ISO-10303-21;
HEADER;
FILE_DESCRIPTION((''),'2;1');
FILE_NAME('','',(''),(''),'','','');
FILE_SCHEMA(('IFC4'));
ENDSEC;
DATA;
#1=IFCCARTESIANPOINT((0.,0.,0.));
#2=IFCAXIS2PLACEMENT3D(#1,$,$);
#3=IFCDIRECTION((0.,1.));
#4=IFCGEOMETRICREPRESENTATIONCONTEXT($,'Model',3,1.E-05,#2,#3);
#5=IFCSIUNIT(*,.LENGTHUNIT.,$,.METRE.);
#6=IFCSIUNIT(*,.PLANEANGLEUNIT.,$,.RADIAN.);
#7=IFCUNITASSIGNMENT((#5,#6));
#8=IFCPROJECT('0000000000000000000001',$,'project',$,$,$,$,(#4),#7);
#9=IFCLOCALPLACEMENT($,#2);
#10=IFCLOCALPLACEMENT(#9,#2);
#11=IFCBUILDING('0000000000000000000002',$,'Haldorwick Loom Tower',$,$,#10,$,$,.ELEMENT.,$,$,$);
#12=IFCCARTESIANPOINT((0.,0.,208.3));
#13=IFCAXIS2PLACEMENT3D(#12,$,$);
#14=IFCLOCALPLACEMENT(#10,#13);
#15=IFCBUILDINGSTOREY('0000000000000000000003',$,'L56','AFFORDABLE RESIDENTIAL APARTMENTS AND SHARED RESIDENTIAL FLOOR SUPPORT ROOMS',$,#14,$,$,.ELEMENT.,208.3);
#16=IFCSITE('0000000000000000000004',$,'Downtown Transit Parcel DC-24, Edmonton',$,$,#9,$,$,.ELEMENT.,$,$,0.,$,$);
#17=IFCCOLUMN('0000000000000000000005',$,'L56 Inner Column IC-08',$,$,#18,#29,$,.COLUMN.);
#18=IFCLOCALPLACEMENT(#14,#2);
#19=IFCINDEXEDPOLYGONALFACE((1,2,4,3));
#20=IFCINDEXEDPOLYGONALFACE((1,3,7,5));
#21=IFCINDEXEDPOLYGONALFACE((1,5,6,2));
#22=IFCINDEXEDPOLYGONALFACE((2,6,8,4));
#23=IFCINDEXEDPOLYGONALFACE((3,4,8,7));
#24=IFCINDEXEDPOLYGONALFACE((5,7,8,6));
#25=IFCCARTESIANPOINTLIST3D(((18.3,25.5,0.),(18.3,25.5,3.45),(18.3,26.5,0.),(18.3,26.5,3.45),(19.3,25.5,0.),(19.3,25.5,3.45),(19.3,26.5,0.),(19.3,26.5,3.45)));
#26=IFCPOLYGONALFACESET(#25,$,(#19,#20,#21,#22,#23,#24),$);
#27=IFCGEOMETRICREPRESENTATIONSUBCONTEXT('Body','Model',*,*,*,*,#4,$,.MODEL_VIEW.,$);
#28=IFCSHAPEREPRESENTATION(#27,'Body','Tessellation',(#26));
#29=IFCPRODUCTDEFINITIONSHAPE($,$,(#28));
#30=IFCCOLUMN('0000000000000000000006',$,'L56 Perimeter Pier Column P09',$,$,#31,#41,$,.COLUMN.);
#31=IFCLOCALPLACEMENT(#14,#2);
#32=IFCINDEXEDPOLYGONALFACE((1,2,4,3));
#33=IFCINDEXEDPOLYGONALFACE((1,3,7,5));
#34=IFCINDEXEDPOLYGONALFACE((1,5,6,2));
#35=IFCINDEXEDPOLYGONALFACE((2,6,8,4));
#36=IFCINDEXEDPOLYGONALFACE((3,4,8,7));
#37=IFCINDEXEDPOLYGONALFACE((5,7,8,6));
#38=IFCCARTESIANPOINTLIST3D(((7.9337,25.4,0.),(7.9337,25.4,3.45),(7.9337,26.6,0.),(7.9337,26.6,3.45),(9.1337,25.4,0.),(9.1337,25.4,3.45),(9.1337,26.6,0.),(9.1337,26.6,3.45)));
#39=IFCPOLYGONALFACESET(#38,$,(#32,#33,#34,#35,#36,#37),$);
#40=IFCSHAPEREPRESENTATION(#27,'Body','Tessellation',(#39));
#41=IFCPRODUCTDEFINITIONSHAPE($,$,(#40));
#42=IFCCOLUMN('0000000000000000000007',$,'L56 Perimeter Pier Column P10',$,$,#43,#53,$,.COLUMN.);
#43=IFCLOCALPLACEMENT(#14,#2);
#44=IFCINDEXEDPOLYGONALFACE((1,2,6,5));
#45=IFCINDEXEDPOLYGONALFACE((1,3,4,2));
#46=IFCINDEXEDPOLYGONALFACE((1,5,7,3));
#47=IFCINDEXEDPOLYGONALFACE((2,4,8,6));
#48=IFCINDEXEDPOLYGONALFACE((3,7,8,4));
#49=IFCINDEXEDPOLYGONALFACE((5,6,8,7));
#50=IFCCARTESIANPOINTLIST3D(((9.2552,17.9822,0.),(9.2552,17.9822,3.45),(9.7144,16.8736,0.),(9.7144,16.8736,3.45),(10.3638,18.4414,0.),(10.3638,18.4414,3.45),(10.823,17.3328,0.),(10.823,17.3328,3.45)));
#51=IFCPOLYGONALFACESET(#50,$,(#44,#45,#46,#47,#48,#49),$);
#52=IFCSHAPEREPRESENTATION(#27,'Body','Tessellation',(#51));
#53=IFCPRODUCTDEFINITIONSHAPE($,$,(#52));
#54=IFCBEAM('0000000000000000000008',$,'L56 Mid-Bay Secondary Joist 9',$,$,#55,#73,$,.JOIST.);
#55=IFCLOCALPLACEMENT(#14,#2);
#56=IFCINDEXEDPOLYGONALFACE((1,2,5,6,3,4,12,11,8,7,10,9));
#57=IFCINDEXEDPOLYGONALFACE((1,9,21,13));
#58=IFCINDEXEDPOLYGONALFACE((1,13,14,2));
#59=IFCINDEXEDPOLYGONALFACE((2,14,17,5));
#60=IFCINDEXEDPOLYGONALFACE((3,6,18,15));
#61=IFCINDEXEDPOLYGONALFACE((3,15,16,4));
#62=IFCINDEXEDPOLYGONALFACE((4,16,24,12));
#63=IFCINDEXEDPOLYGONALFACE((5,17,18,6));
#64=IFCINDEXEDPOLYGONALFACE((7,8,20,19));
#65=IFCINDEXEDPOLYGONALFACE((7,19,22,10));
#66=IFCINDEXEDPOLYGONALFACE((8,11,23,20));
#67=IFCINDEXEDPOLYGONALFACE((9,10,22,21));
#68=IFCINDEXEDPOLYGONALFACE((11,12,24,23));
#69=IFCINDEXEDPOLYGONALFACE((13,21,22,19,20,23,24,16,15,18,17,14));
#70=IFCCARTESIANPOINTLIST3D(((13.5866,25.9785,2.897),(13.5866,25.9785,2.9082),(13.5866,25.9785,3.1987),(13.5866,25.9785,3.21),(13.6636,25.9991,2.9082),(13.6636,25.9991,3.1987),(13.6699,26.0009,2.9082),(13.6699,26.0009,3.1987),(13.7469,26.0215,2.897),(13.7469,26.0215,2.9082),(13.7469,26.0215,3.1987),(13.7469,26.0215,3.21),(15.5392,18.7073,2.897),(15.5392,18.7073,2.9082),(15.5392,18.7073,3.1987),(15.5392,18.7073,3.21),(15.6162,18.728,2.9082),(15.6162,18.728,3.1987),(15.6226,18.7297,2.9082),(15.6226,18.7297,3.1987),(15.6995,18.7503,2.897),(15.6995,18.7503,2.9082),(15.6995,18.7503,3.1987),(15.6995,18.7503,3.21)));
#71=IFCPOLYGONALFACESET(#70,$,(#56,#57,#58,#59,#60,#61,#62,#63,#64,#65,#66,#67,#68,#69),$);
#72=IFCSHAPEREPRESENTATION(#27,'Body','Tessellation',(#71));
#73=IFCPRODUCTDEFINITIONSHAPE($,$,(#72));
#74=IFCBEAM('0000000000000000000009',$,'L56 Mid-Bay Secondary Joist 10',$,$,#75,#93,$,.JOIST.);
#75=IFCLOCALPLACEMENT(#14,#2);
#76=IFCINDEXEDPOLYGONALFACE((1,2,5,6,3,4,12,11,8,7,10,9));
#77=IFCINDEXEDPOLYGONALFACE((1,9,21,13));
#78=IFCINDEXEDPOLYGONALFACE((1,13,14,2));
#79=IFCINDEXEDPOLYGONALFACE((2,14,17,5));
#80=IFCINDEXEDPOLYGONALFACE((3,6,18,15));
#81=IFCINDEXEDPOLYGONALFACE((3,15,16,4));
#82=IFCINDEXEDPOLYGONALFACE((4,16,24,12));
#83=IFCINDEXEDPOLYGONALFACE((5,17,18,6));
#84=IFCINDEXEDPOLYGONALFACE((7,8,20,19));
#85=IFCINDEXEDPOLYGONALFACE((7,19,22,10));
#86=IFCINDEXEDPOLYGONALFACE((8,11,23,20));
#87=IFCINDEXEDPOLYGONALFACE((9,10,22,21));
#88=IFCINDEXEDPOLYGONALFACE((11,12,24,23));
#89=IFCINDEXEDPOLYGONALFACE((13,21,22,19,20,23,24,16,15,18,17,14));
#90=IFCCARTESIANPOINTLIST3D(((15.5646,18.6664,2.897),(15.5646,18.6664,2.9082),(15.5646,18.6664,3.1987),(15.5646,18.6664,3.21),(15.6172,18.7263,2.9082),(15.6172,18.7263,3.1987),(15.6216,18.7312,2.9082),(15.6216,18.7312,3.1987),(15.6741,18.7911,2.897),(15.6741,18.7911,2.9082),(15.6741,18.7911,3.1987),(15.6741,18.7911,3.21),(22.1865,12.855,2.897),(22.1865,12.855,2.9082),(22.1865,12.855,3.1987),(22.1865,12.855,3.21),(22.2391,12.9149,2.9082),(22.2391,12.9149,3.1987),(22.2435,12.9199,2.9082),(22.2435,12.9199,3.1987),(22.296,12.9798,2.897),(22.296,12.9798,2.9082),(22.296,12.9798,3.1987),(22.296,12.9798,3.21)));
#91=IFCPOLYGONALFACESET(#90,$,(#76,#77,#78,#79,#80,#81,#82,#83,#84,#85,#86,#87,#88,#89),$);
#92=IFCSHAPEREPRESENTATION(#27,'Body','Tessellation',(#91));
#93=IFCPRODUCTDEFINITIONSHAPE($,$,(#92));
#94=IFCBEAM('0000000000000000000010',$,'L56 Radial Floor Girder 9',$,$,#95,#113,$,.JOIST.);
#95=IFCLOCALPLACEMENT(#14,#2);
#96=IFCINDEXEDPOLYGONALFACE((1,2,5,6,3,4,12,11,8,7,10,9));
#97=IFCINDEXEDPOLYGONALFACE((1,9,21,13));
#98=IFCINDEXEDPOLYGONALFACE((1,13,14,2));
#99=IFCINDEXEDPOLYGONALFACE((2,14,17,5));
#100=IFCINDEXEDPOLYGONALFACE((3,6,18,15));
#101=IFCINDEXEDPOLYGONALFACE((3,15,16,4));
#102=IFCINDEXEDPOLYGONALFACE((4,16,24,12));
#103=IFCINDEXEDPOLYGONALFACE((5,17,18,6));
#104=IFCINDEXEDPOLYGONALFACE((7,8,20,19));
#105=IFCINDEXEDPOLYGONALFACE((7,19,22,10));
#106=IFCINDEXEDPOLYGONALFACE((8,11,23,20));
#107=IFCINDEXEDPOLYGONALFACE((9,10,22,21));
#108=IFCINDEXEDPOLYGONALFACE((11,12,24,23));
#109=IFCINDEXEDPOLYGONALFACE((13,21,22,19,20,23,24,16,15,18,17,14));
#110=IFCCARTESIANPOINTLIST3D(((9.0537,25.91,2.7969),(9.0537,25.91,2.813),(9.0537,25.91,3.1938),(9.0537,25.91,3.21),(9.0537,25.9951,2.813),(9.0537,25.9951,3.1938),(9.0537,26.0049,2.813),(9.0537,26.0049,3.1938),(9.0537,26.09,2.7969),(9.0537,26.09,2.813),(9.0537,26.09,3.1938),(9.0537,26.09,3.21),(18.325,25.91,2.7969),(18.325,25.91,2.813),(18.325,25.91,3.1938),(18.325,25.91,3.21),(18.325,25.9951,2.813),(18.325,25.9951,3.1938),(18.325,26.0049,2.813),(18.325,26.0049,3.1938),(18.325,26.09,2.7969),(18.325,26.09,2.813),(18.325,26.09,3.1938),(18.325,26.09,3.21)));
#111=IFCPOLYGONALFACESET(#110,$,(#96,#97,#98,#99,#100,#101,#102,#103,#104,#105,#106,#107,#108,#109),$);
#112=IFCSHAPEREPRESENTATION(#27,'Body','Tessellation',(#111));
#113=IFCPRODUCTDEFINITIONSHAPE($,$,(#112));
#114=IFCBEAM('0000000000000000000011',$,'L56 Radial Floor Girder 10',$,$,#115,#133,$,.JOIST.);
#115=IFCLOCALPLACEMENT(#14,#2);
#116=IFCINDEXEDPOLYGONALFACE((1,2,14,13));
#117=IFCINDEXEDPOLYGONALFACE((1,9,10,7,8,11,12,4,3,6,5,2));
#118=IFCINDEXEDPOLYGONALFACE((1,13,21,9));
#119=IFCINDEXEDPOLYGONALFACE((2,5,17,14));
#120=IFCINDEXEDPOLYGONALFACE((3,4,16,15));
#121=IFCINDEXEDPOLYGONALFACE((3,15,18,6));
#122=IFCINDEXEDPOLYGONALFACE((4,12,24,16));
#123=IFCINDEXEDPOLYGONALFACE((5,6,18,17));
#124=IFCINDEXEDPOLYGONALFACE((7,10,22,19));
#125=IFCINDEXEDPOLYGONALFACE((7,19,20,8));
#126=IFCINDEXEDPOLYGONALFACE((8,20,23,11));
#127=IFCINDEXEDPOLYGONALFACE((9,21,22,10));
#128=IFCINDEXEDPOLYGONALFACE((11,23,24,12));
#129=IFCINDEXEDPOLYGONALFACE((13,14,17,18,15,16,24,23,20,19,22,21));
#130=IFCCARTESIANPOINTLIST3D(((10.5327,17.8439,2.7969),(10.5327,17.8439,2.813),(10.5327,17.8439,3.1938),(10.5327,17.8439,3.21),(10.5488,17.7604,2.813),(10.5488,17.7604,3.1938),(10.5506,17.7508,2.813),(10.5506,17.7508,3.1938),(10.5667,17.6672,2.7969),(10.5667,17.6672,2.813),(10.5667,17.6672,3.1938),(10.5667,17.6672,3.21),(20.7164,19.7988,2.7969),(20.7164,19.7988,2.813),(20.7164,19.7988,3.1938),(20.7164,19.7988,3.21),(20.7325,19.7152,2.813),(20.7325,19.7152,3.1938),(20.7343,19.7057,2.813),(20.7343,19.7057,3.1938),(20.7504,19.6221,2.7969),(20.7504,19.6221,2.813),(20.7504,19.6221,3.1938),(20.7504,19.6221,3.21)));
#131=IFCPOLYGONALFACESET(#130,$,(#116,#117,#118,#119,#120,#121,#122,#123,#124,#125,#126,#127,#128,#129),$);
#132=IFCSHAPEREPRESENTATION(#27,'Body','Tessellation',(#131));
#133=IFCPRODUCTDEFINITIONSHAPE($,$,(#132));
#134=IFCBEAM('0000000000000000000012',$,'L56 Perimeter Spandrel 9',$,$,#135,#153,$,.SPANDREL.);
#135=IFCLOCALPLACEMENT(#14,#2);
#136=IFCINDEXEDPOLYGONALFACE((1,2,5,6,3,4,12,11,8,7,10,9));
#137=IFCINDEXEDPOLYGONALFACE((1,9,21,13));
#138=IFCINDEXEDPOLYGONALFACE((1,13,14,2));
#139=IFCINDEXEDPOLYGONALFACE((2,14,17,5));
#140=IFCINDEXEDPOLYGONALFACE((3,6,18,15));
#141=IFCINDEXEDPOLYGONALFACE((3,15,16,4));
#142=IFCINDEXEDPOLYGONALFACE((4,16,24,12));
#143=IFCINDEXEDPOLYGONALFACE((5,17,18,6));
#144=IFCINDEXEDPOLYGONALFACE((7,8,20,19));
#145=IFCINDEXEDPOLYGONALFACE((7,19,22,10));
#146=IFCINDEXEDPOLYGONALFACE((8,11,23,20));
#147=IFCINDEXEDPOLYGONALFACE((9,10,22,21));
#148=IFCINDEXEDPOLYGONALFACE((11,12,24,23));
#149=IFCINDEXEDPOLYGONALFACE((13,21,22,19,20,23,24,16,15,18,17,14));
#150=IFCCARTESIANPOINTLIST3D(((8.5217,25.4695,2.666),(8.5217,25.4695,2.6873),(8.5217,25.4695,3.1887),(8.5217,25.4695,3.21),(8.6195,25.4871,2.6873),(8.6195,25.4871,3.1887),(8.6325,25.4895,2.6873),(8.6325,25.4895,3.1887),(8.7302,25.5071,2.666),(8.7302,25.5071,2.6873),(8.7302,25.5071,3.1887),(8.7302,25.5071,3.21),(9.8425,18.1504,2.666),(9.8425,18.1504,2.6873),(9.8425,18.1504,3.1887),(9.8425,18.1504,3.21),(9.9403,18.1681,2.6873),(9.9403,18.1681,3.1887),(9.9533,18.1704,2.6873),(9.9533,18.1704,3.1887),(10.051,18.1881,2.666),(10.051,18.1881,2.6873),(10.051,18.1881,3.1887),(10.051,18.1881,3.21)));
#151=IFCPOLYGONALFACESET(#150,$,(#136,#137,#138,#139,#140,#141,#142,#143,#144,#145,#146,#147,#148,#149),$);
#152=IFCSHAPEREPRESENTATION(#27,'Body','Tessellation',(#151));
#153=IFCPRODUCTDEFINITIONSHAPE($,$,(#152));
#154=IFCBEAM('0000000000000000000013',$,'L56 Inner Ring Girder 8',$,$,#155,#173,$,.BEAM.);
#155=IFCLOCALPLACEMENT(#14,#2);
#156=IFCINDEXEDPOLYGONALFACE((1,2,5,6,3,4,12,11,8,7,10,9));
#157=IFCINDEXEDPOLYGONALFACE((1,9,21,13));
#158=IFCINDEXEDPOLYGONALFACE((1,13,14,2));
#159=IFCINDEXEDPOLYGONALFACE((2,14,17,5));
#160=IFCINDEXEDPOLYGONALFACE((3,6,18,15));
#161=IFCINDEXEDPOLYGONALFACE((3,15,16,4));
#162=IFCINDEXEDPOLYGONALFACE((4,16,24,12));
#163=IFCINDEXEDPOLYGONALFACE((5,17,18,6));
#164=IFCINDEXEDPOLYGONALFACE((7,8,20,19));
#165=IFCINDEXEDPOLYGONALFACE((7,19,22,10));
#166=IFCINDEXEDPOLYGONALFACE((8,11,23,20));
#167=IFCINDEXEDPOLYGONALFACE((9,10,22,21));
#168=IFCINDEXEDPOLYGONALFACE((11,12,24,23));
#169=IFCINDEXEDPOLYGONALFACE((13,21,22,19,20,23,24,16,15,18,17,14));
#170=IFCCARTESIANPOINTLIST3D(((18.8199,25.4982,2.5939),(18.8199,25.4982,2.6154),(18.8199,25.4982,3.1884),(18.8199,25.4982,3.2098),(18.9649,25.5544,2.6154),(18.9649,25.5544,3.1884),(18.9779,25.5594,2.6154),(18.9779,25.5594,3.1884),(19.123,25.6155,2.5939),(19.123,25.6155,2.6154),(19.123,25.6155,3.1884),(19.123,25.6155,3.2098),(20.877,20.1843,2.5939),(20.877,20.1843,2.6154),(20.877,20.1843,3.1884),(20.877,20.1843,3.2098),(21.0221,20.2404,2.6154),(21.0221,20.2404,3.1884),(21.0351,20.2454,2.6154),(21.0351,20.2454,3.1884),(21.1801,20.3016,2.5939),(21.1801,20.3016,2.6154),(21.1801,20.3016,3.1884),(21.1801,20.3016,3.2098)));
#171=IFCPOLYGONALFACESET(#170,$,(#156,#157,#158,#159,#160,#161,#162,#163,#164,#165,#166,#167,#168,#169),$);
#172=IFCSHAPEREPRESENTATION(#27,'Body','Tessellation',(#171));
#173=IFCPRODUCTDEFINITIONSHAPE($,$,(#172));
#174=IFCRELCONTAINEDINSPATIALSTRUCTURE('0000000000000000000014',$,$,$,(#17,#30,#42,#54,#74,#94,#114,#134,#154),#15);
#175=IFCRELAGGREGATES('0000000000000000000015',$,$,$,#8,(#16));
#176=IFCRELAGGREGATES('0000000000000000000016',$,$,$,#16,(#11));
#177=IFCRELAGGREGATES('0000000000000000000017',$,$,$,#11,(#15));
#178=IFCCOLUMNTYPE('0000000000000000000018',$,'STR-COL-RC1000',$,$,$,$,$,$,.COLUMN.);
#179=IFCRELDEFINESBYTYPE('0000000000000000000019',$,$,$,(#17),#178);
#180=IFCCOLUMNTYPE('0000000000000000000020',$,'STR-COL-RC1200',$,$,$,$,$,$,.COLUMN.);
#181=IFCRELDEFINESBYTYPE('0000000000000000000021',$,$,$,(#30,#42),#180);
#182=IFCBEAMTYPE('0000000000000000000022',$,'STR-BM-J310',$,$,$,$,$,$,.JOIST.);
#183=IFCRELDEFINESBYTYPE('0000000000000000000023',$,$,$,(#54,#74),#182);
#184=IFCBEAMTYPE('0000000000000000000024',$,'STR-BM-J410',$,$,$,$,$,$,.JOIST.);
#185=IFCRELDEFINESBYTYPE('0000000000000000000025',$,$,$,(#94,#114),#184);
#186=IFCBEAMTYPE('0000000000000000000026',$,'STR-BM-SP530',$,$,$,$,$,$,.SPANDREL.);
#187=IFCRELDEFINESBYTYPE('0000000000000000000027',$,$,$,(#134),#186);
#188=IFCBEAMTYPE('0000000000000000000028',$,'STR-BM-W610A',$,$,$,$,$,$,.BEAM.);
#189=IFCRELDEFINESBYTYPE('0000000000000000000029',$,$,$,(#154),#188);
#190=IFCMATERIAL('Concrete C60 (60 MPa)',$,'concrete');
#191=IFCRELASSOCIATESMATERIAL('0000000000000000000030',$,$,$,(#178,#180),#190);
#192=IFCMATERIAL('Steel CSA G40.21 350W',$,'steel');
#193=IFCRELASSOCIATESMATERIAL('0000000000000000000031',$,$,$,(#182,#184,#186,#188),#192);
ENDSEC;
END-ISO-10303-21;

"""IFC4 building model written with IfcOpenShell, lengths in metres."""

from ifc_helpers import new_model, si_unit, direction, frame, origin, origin_2d, place, context, subcontext, project, spatial, rectangle, i_section, extrude, material, material_profile, profile_set, type_object, element, save


model = new_model("IFC4")

# Units and contexts
model_context = context("Model", 3, precision=1e-05, world=origin(), true_north=direction((0.0, 1.0)))
body_context = subcontext(model_context, "Body", "Model", "MODEL_VIEW")
ifc_project = project(units=[si_unit("LENGTHUNIT", "METRE"), si_unit("PLANEANGLEUNIT", "RADIAN")], contexts=[model_context])

# Site, building, storey
site_placement = place(None, origin())
site = spatial("IfcSite", under=ifc_project, at=site_placement, Name="Downtown Transit Parcel DC-24, Edmonton", CompositionType="ELEMENT", RefElevation=0.0)
building_placement = place(site_placement, origin())
building = spatial("IfcBuilding", under=site, at=building_placement, Name="Haldorwick Loom Tower", CompositionType="ELEMENT")
storey_placement = place(building_placement, frame((0.0, 0.0, 208.3)))
storey = spatial("IfcBuildingStorey", under=building, at=storey_placement, Name="L56", Description="AFFORDABLE RESIDENTIAL APARTMENTS AND SHARED RESIDENTIAL FLOOR SUPPORT ROOMS", CompositionType="ELEMENT", Elevation=208.3)

# Columns
ifc_material_1 = material(Name="Concrete C60 (60 MPa)", Category="concrete")
ifc_material_profile_1 = material_profile(ifc_material_1, rectangle(XDim=1.0, YDim=1.0, at=origin_2d()), Name="RC1000X1000", Category="concrete")
ifc_profile_set_1 = profile_set([ifc_material_profile_1], Name="Concrete C60 (60 MPa)")
column_type_1 = type_object("IfcColumnType", Name="STR-COL-RC1000", PredefinedType="COLUMN", material=ifc_profile_set_1)
column_placement = place(storey_placement, frame((18.8, 26.0, 0.0), z_axis=(0.0, 0.0, 1.0), x_axis=(1.0, 0.0, 0.0)))
element("IfcColumn", 1, at=column_placement, inside=storey, type_object=column_type_1, Name="L56 Inner Column IC-08", PredefinedType="COLUMN", context=body_context, shape_type="SweptSolid", body=[
    extrude(rectangle(XDim=1.0, YDim=1.0, at=origin_2d()), origin(), (0.0, 0.0, 1.0), 3.45),
])
ifc_material_profile_2 = material_profile(ifc_material_1, rectangle(XDim=1.2, YDim=1.2, at=origin_2d()), Name="RC1200X1200", Category="concrete")
ifc_profile_set_2 = profile_set([ifc_material_profile_2], Name="Concrete C60 (60 MPa)")
column_type_2 = type_object("IfcColumnType", Name="STR-COL-RC1200", PredefinedType="COLUMN", material=ifc_profile_set_2)
for number, where, z_axis, x_axis, name in (
    (2, (8.5337, 26.0, 0.0), (0.0, 0.0, 1.0), (-1.0, 0.0, 0.0), "L56 Perimeter Pier Column P09"),
    (3, (10.0391, 17.6575, 0.0), (0.0, 0.0, 1.0), (-0.92388, -0.382683, 0.0), "L56 Perimeter Pier Column P10"),
):
    element("IfcColumn", number, at=place(storey_placement, frame(where, z_axis=z_axis, x_axis=x_axis)), inside=storey, type_object=column_type_2, Name=name, PredefinedType="COLUMN", context=body_context, shape_type="SweptSolid", body=[
        extrude(rectangle(XDim=1.2, YDim=1.2, at=origin_2d()), origin(), (0.0, 0.0, 1.0), 3.45),
    ])

# Beams
ifc_material_2 = material(Name="Steel CSA G40.21 350W", Category="steel")
ifc_material_profile_3 = material_profile(ifc_material_2, i_section(OverallWidth=0.166, OverallDepth=0.313, WebThickness=0.0066, FlangeThickness=0.0112, at=origin_2d()), Name="W310X45", Category="steel")
ifc_profile_set_3 = profile_set([ifc_material_profile_3], Name="Steel CSA G40.21 350W")
beam_type_1 = type_object("IfcBeamType", Name="STR-BM-J310", PredefinedType="JOIST", material=ifc_profile_set_3)
beam_1_placement = place(storey_placement, frame((13.6667, 26.0, 3.0535), z_axis=(0.259354, -0.965782, 0.0), x_axis=(0.965782, 0.259354, 0.0)))
element("IfcBeam", 4, at=beam_1_placement, inside=storey, type_object=beam_type_1, Name="L56 Mid-Bay Secondary Joist 9", PredefinedType="JOIST", context=body_context, shape_type="SweptSolid", body=[
    extrude(i_section(OverallWidth=0.166, OverallDepth=0.313, WebThickness=0.0066, FlangeThickness=0.0112, at=origin_2d()), origin(), (0.0, 0.0, 1.0), 7.5288),
])
beam_2_placement = place(storey_placement, frame((15.6194, 18.7288, 3.0535), z_axis=(0.751609, -0.659608, 0.0), x_axis=(0.659608, 0.751609, 0.0)))
element("IfcBeam", 5, at=beam_2_placement, inside=storey, type_object=beam_type_1, Name="L56 Mid-Bay Secondary Joist 10", PredefinedType="JOIST", context=body_context, shape_type="SweptSolid", body=[
    extrude(i_section(OverallWidth=0.166, OverallDepth=0.313, WebThickness=0.0066, FlangeThickness=0.0112, at=origin_2d()), origin(), (0.0, 0.0, 1.0), 8.8103),
])
ifc_material_profile_4 = material_profile(ifc_material_2, i_section(OverallWidth=0.1799, OverallDepth=0.4131, WebThickness=0.0098, FlangeThickness=0.0161, at=origin_2d()), Name="W410X74", Category="steel")
ifc_profile_set_4 = profile_set([ifc_material_profile_4], Name="Steel CSA G40.21 350W")
beam_type_2 = type_object("IfcBeamType", Name="STR-BM-J410", PredefinedType="JOIST", material=ifc_profile_set_4)
beam_3_placement = place(storey_placement, frame((18.325, 26.0, 3.0034), z_axis=(-1.0, 0.0, 0.0), x_axis=(0.0, -1.0, 0.0)))
element("IfcBeam", 6, at=beam_3_placement, inside=storey, type_object=beam_type_2, Name="L56 Radial Floor Girder 9", PredefinedType="JOIST", context=body_context, shape_type="SweptSolid", body=[
    extrude(i_section(OverallWidth=0.1799, OverallDepth=0.4131, WebThickness=0.0098, FlangeThickness=0.0161, at=origin_2d()), origin(), (0.0, 0.0, 1.0), 9.2712),
])
beam_4_placement = place(storey_placement, frame((20.7334, 19.7104, 3.0034), z_axis=(-0.98207, -0.188517, 0.0), x_axis=(0.188517, -0.98207, 0.0)))
element("IfcBeam", 7, at=beam_4_placement, inside=storey, type_object=beam_type_2, Name="L56 Radial Floor Girder 10", PredefinedType="JOIST", context=body_context, shape_type="SweptSolid", body=[
    extrude(i_section(OverallWidth=0.1799, OverallDepth=0.4131, WebThickness=0.0098, FlangeThickness=0.0161, at=origin_2d()), origin(), (0.0, 0.0, 1.0), 10.3696),
])
ifc_material_profile_5 = material_profile(ifc_material_2, i_section(OverallWidth=0.2119, OverallDepth=0.5439, WebThickness=0.0132, FlangeThickness=0.0212, at=origin_2d()), Name="W530X123", Category="steel")
ifc_profile_set_5 = profile_set([ifc_material_profile_5], Name="Steel CSA G40.21 350W")
beam_type_3 = type_object("IfcBeamType", Name="STR-BM-SP530", PredefinedType="SPANDREL", material=ifc_profile_set_5)
beam_5_placement = place(storey_placement, frame((8.626, 25.4883, 2.938), z_axis=(0.177591, -0.984104, 0.0), x_axis=(0.984104, 0.177591, 0.0)))
element("IfcBeam", 8, at=beam_5_placement, inside=storey, type_object=beam_type_3, Name="L56 Perimeter Spandrel 9", PredefinedType="SPANDREL", context=body_context, shape_type="SweptSolid", body=[
    extrude(i_section(OverallWidth=0.2119, OverallDepth=0.5439, WebThickness=0.0132, FlangeThickness=0.0212, at=origin_2d()), origin(), (0.0, 0.0, 1.0), 7.4373),
])
ifc_material_profile_6 = material_profile(ifc_material_2, i_section(OverallWidth=0.325, OverallDepth=0.616, WebThickness=0.0139, FlangeThickness=0.0215, at=origin_2d()), Name="W610X174", Category="steel")
ifc_profile_set_6 = profile_set([ifc_material_profile_6], Name="Steel CSA G40.21 350W")
beam_type_4 = type_object("IfcBeamType", Name="STR-BM-W610A", PredefinedType="BEAM", material=ifc_profile_set_6)
beam_6_placement = place(storey_placement, frame((21.0286, 20.2429, 2.9019), z_axis=(-0.361011, 0.932562, 0.0), x_axis=(-0.932562, -0.361011, 0.0)))
element("IfcBeam", 9, at=beam_6_placement, inside=storey, type_object=beam_type_4, Name="L56 Inner Ring Girder 8", PredefinedType="BEAM", context=body_context, shape_type="SweptSolid", body=[
    extrude(i_section(OverallWidth=0.325, OverallDepth=0.616, WebThickness=0.0139, FlangeThickness=0.0215, at=origin_2d()), origin(), (0.0, 0.0, 1.0), 5.6982),
])

save(model, "model.ifc")
